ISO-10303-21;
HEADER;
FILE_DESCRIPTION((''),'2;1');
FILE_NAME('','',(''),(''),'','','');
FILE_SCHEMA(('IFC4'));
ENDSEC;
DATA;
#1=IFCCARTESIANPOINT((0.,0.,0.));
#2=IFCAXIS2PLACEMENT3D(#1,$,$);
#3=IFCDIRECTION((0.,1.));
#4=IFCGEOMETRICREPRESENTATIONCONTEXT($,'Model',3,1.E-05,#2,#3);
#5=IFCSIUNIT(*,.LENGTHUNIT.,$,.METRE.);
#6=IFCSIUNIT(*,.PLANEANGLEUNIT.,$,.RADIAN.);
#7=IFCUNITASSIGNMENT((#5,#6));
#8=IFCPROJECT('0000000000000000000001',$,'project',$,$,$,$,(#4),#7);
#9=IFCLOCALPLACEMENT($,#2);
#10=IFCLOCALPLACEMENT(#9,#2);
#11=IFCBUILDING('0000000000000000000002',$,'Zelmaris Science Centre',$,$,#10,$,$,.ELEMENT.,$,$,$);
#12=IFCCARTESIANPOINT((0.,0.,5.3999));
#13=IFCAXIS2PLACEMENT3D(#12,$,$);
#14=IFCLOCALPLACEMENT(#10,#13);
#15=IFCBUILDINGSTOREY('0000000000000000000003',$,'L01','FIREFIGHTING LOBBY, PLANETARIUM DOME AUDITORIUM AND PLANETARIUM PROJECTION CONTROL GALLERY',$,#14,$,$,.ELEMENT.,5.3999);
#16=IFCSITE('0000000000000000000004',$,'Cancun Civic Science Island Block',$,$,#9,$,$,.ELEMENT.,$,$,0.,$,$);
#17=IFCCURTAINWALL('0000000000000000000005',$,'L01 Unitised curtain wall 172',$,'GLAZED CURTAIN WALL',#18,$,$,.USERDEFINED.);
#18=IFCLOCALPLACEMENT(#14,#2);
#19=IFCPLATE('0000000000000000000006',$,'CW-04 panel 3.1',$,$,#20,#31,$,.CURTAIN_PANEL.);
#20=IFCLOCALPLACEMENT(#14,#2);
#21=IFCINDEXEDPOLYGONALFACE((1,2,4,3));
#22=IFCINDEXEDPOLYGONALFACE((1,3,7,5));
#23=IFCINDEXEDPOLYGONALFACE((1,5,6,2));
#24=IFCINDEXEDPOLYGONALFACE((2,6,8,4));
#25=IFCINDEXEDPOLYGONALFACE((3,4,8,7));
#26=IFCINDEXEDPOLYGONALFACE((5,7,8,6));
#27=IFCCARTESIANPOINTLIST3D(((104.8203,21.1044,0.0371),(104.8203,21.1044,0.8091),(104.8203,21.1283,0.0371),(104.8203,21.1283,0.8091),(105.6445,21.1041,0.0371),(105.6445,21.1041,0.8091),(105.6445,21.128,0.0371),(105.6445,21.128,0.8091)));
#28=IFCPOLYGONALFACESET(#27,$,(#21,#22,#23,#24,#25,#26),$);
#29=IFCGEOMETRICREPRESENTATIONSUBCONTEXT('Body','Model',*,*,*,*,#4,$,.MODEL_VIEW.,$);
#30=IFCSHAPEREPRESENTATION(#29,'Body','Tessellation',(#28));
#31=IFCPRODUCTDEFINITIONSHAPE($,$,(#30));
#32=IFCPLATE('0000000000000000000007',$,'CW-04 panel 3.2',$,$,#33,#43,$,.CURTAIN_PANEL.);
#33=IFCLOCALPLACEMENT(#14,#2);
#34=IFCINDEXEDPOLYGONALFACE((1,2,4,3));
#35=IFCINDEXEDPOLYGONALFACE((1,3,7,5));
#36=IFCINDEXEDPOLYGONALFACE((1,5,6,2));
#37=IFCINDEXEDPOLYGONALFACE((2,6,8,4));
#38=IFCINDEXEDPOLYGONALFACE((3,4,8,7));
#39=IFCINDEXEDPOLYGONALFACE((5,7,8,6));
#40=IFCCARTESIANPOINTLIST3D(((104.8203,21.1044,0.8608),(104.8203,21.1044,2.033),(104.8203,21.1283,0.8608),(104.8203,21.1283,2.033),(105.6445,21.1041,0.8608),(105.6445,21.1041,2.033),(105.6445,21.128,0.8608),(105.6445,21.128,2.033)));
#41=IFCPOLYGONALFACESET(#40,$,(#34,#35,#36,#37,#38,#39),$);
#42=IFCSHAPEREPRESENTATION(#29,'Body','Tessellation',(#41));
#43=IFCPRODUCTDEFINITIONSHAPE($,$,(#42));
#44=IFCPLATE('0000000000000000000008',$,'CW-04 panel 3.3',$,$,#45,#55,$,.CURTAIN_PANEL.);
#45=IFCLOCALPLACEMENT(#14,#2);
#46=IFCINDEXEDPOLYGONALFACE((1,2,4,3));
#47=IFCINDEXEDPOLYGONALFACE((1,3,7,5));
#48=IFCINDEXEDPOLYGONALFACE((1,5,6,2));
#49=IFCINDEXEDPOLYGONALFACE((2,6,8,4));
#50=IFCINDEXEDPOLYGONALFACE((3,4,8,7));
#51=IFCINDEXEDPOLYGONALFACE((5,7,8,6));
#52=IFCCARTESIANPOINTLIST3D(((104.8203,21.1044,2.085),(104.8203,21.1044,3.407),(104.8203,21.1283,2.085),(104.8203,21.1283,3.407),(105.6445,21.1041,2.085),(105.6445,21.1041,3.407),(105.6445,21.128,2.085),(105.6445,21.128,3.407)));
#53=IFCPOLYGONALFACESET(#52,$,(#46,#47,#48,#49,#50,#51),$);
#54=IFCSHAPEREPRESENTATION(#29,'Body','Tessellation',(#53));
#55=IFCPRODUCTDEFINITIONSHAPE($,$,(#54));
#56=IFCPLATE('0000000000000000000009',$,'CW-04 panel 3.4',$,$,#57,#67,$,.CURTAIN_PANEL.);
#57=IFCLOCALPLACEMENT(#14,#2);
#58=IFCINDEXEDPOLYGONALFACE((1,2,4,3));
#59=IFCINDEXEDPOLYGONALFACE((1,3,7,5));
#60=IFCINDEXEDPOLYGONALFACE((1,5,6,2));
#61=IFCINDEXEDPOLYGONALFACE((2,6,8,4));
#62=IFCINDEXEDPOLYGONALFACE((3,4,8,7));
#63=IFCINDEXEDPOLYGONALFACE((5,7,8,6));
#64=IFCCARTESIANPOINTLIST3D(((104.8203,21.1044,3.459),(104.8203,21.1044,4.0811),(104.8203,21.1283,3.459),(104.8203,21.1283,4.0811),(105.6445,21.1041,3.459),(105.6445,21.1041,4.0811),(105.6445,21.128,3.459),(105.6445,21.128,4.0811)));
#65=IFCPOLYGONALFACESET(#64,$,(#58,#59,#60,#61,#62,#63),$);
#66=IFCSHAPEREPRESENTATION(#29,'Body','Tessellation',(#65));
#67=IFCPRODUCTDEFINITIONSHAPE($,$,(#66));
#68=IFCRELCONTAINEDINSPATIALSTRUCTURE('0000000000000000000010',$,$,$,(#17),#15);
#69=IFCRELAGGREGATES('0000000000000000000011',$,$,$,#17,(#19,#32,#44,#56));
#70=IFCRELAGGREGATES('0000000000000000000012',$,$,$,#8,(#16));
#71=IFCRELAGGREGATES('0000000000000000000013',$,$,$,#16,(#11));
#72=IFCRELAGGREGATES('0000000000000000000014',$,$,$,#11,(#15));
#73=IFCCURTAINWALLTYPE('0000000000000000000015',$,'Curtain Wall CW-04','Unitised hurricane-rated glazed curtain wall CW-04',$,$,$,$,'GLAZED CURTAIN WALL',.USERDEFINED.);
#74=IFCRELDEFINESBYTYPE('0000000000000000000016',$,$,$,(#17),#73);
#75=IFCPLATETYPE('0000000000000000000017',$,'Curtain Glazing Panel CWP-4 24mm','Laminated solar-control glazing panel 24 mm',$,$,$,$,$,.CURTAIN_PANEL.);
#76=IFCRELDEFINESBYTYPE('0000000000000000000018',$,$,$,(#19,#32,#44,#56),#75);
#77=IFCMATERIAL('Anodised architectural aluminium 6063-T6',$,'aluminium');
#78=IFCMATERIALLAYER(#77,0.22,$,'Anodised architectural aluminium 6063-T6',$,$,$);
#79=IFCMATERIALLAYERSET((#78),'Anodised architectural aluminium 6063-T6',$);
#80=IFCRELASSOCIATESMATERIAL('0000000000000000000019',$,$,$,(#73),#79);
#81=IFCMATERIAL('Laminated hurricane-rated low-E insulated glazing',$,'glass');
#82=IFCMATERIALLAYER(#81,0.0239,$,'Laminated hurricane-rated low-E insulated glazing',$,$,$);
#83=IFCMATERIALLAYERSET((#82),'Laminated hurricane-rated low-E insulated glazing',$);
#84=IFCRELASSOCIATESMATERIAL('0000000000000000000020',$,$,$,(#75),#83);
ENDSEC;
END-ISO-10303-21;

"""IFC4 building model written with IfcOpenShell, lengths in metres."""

from ifc_helpers import new_model, si_unit, direction, frame, origin, origin_2d, place, context, subcontext, project, spatial, rectangle, extrude, material, layer, layer_set, type_object, element, aggregate, save


model = new_model("IFC4")

# Units and contexts
model_context = context("Model", 3, precision=1e-05, world=origin(), true_north=direction((0.0, 1.0)))
body_context = subcontext(model_context, "Body", "Model", "MODEL_VIEW")
ifc_project = project(units=[si_unit("LENGTHUNIT", "METRE"), si_unit("PLANEANGLEUNIT", "RADIAN")], contexts=[model_context])

# Site, building, storey
site_placement = place(None, origin())
site = spatial("IfcSite", under=ifc_project, at=site_placement, Name="Cancun Civic Science Island Block", CompositionType="ELEMENT", RefElevation=0.0)
building_placement = place(site_placement, origin())
building = spatial("IfcBuilding", under=site, at=building_placement, Name="Zelmaris Science Centre", CompositionType="ELEMENT")
storey_placement = place(building_placement, frame((0.0, 0.0, 5.3999)))
storey = spatial("IfcBuildingStorey", under=building, at=storey_placement, Name="L01", Description="FIREFIGHTING LOBBY, PLANETARIUM DOME AUDITORIUM AND PLANETARIUM PROJECTION CONTROL GALLERY", CompositionType="ELEMENT", Elevation=5.3999)

# Curtain wall
ifc_material_1 = material(Name="Anodised architectural aluminium 6063-T6", Category="aluminium")
ifc_layer_1 = layer(ifc_material_1, 0.22, Name="Anodised architectural aluminium 6063-T6")
ifc_layer_set_1 = layer_set([ifc_layer_1], Name="Anodised architectural aluminium 6063-T6")
curtain_wall_type = type_object("IfcCurtainWallType", Name="Curtain Wall CW-04", Description="Unitised hurricane-rated glazed curtain wall CW-04", ElementType="GLAZED CURTAIN WALL", PredefinedType="USERDEFINED", material=ifc_layer_set_1)
curtain_wall_placement = place(storey_placement, origin())
curtain_wall = element("IfcCurtainWall", 1, at=curtain_wall_placement, inside=storey, type_object=curtain_wall_type, Name="L01 Unitised curtain wall 172", ObjectType="GLAZED CURTAIN WALL", PredefinedType="USERDEFINED")

# Plates
ifc_material_2 = material(Name="Laminated hurricane-rated low-E insulated glazing", Category="glass")
ifc_layer_2 = layer(ifc_material_2, 0.0239, Name="Laminated hurricane-rated low-E insulated glazing")
ifc_layer_set_2 = layer_set([ifc_layer_2], Name="Laminated hurricane-rated low-E insulated glazing")
plate_type = type_object("IfcPlateType", Name="Curtain Glazing Panel CWP-4 24mm", Description="Laminated solar-control glazing panel 24 mm", PredefinedType="CURTAIN_PANEL", material=ifc_layer_set_2)
plate_1_placement = place(storey_placement, frame((105.2324, 21.1162, 0.0371), z_axis=(0.0, 0.0, 1.0), x_axis=(-1.0, 0.00032, 0.0)))
plate_1 = element("IfcPlate", 2, at=plate_1_placement, type_object=plate_type, Name="CW-04 panel 3.1", PredefinedType="CURTAIN_PANEL", context=body_context, shape_type="SweptSolid", body=[
    extrude(rectangle(XDim=0.8242, YDim=0.0239, at=origin_2d()), origin(), (0.0, 0.0, 1.0), 0.772),
])
plate_2_placement = place(storey_placement, frame((105.2324, 21.1162, 0.8608), z_axis=(0.0, 0.0, 1.0), x_axis=(-1.0, 0.00032, 0.0)))
plate_2 = element("IfcPlate", 3, at=plate_2_placement, type_object=plate_type, Name="CW-04 panel 3.2", PredefinedType="CURTAIN_PANEL", context=body_context, shape_type="SweptSolid", body=[
    extrude(rectangle(XDim=0.8242, YDim=0.0239, at=origin_2d()), origin(), (0.0, 0.0, 1.0), 1.1721),
])
plate_3_placement = place(storey_placement, frame((105.2324, 21.1162, 2.085), z_axis=(0.0, 0.0, 1.0), x_axis=(-1.0, 0.00032, 0.0)))
plate_3 = element("IfcPlate", 4, at=plate_3_placement, type_object=plate_type, Name="CW-04 panel 3.3", PredefinedType="CURTAIN_PANEL", context=body_context, shape_type="SweptSolid", body=[
    extrude(rectangle(XDim=0.8242, YDim=0.0239, at=origin_2d()), origin(), (0.0, 0.0, 1.0), 1.322),
])
plate_4_placement = place(storey_placement, frame((105.2324, 21.1162, 3.459), z_axis=(0.0, 0.0, 1.0), x_axis=(-1.0, 0.00032, 0.0)))
plate_4 = element("IfcPlate", 5, at=plate_4_placement, type_object=plate_type, Name="CW-04 panel 3.4", PredefinedType="CURTAIN_PANEL", context=body_context, shape_type="SweptSolid", body=[
    extrude(rectangle(XDim=0.8242, YDim=0.0239, at=origin_2d()), origin(), (0.0, 0.0, 1.0), 0.6221),
])
aggregate(curtain_wall, [plate_1, plate_2, plate_3, plate_4])

save(model, "model.ifc")
